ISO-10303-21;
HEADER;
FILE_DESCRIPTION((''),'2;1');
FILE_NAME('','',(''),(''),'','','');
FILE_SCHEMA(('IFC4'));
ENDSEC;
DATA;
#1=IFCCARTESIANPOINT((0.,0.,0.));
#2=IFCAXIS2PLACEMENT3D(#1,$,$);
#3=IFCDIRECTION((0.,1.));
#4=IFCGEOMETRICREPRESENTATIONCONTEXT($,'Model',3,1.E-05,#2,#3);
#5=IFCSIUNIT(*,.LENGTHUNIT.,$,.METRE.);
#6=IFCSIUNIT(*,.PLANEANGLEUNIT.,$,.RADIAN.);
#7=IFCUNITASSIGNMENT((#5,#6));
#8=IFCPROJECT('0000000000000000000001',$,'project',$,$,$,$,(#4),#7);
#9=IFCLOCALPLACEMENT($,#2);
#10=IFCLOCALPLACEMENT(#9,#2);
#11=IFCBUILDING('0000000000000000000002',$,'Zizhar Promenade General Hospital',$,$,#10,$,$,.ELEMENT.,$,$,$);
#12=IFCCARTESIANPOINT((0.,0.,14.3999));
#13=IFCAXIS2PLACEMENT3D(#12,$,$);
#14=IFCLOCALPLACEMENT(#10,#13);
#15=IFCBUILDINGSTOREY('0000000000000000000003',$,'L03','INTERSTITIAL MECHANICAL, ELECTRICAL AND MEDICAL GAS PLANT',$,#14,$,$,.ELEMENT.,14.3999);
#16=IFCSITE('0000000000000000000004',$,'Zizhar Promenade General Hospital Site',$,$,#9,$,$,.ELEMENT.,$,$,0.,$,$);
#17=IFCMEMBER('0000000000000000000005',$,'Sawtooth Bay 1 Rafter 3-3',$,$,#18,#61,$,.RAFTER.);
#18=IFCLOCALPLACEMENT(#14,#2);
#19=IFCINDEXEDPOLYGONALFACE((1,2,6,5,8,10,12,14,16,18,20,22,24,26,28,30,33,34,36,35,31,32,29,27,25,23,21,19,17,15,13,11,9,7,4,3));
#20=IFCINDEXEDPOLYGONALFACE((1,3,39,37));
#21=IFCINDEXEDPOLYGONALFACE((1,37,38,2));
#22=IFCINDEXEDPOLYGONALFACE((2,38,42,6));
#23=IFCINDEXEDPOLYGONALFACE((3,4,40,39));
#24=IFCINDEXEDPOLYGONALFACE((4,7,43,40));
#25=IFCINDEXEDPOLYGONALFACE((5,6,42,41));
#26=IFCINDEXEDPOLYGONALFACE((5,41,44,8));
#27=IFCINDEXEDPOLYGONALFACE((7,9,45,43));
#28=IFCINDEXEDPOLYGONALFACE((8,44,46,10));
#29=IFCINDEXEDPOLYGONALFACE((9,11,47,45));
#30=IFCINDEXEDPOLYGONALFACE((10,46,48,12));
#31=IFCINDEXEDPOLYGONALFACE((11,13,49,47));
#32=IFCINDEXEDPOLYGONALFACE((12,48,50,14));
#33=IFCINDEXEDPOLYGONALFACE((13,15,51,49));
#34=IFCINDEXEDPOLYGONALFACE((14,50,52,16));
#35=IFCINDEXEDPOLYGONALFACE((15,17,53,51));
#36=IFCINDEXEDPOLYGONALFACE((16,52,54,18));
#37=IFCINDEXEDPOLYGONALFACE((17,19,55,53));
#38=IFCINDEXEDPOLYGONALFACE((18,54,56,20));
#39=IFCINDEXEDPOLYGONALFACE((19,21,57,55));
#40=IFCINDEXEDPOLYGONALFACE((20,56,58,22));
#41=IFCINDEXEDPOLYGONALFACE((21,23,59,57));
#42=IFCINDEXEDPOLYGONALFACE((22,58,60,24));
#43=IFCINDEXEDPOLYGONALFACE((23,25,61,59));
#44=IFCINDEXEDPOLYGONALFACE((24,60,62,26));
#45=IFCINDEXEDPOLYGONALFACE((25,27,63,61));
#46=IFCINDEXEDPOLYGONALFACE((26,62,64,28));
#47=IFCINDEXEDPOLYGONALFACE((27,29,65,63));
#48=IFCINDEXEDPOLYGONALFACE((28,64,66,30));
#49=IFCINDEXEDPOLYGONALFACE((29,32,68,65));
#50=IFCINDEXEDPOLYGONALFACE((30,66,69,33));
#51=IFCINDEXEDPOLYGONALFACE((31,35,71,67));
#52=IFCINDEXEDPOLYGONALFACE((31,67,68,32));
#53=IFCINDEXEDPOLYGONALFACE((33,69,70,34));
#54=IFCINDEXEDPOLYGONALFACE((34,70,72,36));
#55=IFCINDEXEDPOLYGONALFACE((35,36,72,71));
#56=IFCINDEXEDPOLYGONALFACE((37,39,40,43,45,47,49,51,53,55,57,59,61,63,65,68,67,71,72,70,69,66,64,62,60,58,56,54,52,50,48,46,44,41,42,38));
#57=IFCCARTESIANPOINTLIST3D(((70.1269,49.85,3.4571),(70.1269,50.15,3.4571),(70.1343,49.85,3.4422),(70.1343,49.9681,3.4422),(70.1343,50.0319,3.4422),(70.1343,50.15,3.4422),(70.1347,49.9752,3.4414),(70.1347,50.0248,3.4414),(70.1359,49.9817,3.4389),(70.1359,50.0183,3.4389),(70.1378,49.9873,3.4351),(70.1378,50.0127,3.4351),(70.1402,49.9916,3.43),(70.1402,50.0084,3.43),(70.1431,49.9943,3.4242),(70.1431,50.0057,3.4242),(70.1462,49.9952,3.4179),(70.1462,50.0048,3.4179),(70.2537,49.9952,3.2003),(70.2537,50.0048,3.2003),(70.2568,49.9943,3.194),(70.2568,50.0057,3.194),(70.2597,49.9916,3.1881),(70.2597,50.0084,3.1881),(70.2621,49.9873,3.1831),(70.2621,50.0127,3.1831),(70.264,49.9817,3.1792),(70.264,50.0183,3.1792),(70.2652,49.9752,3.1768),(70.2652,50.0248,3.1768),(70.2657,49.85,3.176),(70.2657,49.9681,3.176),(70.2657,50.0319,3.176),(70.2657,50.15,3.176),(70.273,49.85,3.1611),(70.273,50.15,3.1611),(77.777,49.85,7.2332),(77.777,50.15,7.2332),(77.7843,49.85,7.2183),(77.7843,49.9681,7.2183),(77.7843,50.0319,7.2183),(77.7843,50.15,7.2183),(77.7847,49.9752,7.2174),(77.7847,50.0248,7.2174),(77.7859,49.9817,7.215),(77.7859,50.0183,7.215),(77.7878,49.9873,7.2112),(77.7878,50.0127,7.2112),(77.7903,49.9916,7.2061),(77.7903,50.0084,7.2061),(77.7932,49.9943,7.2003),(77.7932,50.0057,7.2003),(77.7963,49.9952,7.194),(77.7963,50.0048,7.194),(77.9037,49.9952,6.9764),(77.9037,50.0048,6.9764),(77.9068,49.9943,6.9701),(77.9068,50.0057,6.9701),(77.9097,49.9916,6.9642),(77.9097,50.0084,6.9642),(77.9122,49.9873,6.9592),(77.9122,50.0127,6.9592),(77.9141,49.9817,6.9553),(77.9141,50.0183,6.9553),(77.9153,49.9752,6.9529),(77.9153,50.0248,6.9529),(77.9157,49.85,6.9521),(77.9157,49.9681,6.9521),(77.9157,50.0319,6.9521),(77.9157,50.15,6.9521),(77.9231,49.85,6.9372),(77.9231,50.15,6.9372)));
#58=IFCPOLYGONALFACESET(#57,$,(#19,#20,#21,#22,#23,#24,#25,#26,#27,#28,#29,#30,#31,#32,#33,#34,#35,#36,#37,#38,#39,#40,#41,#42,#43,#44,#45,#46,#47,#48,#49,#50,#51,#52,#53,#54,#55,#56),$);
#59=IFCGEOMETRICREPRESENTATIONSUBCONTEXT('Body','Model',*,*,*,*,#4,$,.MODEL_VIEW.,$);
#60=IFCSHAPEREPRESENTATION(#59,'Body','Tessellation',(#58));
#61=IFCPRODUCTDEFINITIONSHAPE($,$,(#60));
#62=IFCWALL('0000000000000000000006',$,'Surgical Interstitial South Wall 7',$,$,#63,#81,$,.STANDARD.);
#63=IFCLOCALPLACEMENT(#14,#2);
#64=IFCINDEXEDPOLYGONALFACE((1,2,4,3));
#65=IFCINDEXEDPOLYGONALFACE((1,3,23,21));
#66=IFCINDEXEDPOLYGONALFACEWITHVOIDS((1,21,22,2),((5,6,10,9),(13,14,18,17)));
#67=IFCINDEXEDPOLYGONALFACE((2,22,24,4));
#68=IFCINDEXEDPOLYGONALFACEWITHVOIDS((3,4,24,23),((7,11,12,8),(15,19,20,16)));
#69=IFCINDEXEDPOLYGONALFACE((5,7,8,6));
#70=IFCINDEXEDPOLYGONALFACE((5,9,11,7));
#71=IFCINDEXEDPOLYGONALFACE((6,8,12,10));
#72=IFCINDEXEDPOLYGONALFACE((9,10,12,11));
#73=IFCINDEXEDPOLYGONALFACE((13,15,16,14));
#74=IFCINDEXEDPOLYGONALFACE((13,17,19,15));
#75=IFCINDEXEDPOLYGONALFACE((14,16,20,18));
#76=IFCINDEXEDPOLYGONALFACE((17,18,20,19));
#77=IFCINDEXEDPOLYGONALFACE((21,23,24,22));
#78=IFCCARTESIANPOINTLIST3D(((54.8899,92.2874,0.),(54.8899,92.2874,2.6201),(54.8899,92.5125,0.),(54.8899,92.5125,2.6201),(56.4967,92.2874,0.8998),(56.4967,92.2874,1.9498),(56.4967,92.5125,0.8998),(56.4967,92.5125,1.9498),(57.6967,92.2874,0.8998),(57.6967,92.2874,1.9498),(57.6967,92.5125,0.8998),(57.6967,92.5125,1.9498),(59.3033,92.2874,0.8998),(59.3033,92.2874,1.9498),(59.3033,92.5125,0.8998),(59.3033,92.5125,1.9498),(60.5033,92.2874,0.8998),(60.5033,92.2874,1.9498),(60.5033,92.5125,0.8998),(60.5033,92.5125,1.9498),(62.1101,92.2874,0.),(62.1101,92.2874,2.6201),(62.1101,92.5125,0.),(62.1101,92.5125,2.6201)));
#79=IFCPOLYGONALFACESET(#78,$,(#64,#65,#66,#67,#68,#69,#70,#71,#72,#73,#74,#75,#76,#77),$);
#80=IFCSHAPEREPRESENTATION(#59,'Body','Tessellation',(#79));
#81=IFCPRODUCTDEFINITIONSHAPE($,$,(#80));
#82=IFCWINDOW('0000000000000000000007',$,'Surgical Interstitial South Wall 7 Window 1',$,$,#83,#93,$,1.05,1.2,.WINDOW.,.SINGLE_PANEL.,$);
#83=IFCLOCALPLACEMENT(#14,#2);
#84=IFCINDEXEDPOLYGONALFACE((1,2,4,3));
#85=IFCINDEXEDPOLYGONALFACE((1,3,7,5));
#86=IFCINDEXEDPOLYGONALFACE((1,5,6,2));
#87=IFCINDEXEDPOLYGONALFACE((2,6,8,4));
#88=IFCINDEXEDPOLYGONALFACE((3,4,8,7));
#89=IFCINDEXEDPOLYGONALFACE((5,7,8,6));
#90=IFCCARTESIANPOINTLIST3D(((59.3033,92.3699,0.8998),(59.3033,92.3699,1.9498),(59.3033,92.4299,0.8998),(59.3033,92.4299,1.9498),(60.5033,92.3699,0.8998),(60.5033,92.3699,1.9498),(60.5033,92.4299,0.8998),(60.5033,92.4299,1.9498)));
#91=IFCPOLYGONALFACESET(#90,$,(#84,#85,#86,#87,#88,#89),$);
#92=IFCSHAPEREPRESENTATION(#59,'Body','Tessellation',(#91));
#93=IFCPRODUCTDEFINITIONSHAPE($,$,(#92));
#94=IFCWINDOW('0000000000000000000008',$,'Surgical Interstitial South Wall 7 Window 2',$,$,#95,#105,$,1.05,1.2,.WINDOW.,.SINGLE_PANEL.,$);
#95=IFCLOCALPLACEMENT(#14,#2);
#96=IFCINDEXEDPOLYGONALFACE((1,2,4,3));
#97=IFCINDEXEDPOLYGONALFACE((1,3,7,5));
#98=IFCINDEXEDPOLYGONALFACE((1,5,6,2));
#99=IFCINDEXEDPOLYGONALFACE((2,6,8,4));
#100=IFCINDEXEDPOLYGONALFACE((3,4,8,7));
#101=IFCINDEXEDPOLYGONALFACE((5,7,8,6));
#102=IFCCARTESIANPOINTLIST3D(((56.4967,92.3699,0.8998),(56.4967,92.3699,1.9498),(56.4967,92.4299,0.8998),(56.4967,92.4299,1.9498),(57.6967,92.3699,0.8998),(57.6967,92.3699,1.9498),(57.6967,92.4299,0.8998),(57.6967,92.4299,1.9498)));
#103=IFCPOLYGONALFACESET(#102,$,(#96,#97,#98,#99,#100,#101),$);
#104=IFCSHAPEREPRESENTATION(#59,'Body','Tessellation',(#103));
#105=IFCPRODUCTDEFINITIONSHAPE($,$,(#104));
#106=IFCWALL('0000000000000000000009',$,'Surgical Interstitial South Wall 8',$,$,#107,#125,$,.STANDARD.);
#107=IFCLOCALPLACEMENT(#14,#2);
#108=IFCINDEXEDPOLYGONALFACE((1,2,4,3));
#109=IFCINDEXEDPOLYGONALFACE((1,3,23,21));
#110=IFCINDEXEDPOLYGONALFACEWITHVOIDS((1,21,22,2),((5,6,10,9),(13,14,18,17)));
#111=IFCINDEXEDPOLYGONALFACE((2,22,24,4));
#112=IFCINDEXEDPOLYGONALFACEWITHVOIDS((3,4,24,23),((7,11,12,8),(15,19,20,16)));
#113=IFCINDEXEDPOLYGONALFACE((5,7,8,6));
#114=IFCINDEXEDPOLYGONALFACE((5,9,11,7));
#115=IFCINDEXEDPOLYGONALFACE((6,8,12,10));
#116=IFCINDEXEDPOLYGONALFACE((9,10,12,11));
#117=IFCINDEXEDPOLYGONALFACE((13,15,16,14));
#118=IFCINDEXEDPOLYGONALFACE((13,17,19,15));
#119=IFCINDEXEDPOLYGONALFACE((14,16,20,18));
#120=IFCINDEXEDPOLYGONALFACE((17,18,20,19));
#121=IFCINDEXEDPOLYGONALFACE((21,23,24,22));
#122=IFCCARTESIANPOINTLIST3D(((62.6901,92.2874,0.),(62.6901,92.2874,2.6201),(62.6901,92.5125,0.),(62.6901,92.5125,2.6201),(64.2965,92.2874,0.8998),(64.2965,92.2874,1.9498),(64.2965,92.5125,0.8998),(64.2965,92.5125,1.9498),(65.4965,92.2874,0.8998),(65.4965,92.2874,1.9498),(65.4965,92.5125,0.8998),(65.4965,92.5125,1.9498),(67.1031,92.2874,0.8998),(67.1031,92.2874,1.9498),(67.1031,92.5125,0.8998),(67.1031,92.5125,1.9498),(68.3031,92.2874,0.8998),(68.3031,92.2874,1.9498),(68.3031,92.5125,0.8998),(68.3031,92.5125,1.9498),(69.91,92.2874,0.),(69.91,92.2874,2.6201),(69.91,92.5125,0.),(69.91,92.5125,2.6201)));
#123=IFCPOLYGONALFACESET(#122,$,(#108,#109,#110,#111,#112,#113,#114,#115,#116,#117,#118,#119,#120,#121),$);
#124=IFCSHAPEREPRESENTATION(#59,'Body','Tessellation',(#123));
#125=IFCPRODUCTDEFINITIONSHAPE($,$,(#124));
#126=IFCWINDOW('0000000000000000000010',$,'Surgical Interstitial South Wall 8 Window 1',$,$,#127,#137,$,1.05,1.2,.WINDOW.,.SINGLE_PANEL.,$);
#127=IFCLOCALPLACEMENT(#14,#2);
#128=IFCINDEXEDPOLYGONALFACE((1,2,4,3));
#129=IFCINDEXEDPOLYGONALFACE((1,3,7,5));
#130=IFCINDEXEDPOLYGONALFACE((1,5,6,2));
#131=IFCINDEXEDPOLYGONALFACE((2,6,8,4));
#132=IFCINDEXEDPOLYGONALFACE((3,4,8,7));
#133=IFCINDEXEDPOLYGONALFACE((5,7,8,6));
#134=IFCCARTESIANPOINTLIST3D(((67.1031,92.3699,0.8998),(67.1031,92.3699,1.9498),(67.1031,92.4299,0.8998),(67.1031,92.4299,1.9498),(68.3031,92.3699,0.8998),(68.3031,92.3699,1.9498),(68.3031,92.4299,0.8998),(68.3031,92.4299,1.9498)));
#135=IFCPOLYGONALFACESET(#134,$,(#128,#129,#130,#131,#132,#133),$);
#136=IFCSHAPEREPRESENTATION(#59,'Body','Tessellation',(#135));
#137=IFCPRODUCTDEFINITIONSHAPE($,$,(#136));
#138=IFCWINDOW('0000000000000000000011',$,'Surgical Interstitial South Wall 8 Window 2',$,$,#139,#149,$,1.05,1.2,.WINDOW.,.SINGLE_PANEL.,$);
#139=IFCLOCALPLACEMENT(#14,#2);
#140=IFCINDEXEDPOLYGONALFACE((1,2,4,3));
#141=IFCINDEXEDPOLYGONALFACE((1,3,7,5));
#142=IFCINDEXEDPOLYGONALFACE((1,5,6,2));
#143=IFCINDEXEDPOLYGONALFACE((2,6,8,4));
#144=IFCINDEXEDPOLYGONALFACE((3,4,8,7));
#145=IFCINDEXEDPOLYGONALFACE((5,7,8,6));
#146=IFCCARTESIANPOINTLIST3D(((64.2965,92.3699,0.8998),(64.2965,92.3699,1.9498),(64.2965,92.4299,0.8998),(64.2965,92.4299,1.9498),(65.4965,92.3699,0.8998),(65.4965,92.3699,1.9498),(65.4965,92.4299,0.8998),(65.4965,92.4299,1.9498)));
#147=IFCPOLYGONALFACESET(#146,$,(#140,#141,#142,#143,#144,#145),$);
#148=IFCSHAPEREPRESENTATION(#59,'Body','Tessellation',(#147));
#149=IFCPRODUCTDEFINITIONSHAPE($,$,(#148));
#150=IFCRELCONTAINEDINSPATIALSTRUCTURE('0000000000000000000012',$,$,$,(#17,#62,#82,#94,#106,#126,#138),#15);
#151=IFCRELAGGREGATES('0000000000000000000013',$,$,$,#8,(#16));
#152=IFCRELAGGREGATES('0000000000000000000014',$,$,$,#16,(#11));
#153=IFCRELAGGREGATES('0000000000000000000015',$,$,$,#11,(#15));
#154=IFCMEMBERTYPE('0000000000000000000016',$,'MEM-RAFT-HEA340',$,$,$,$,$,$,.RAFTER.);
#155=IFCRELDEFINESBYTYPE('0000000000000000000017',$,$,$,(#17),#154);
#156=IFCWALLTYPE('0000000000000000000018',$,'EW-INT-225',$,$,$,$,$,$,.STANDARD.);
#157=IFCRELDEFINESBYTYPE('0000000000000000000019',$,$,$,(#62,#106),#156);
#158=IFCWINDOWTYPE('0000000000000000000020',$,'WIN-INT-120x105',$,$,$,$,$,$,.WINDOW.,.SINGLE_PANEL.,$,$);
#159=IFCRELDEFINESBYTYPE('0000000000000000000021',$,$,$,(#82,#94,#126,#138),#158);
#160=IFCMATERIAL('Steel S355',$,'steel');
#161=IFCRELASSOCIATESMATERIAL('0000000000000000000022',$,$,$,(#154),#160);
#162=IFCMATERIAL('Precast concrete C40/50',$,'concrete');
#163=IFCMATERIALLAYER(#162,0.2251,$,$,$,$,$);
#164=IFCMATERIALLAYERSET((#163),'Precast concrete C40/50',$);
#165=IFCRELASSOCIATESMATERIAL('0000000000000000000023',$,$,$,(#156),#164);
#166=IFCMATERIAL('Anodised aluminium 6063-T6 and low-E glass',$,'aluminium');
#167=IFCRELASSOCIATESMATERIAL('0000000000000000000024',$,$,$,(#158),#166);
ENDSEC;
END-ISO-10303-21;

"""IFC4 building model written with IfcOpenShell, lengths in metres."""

from ifc_helpers import new_model, si_unit, direction, frame, frame_2d, origin, origin_2d, place, context, subcontext, project, spatial, rectangle, i_section, extrude, material, layer, layer_set, material_profile, profile_set, type_object, element, fill, save


model = new_model("IFC4")

# Units and contexts
model_context = context("Model", 3, precision=1e-05, world=origin(), true_north=direction((0.0, 1.0)))
body_context = subcontext(model_context, "Body", "Model", "MODEL_VIEW")
ifc_project = project(units=[si_unit("LENGTHUNIT", "METRE"), si_unit("PLANEANGLEUNIT", "RADIAN")], contexts=[model_context])

# Site, building, storey
site_placement = place(None, origin())
site = spatial("IfcSite", under=ifc_project, at=site_placement, Name="Zizhar Promenade General Hospital Site", CompositionType="ELEMENT", RefElevation=0.0)
building_placement = place(site_placement, origin())
building = spatial("IfcBuilding", under=site, at=building_placement, Name="Zizhar Promenade General Hospital", CompositionType="ELEMENT")
storey_placement = place(building_placement, frame((0.0, 0.0, 14.3999)))
storey = spatial("IfcBuildingStorey", under=building, at=storey_placement, Name="L03", Description="INTERSTITIAL MECHANICAL, ELECTRICAL AND MEDICAL GAS PLANT", CompositionType="ELEMENT", Elevation=14.3999)

# Member
ifc_material_1 = material(Name="Steel S355", Category="steel")
ifc_material_profile_1 = material_profile(ifc_material_1, i_section(OverallWidth=0.3, OverallDepth=0.3301, WebThickness=0.0095, FlangeThickness=0.0166, FilletRadius=0.0271, at=origin_2d()))
ifc_profile_set_1 = profile_set([ifc_material_profile_1], Name="Steel S355")
member_type = type_object("IfcMemberType", Name="MEM-RAFT-HEA340", PredefinedType="RAFTER", material=ifc_profile_set_1)
member_placement = place(storey_placement, frame((70.2, 50.0, 3.3091), z_axis=(0.89671, 0.0, 0.442618), x_axis=(0.0, 1.0, 0.0)))
element("IfcMember", 1, at=member_placement, inside=storey, type_object=member_type, Name="Sawtooth Bay 1 Rafter 3-3", PredefinedType="RAFTER", context=body_context, shape_type="SweptSolid", body=[
    extrude(i_section(OverallWidth=0.3, OverallDepth=0.3301, WebThickness=0.0095, FlangeThickness=0.0166, FilletRadius=0.0271, at=origin_2d()), origin(), (0.0, 0.0, 1.0), 8.5312),
])

# Walls, openings, windows
ifc_material_2 = material(Name="Precast concrete C40/50", Category="concrete")
ifc_layer = layer(ifc_material_2, 0.2251)
ifc_layer_set = layer_set([ifc_layer], Name="Precast concrete C40/50")
wall_type = type_object("IfcWallType", Name="EW-INT-225", PredefinedType="STANDARD", material=ifc_layer_set)
wall_1_placement = place(storey_placement, frame((62.1101, 92.3999, 0.0), z_axis=(0.0, 0.0, 1.0), x_axis=(-1.0, 0.0, 0.0)))
wall_1 = element("IfcWall", 2, at=wall_1_placement, inside=storey, type_object=wall_type, Name="Surgical Interstitial South Wall 7", PredefinedType="STANDARD", context=body_context, shape_type="SweptSolid", body=[
    extrude(rectangle(XDim=7.2202, YDim=0.2251, at=frame_2d((3.6101, 0.0))), origin(), (0.0, 0.0, 1.0), 2.6201),
])
opening_1_placement = place(wall_1_placement, frame((1.6067, 0.0, 0.8999)))
opening_1 = element("IfcOpeningElement", 3, at=opening_1_placement, cuts=wall_1, PredefinedType="OPENING", context=body_context, shape_type="SweptSolid", body=[
    extrude(rectangle(XDim=1.2, YDim=1.05, at=frame_2d((0.6001, 0.5249))), frame((0.0, 0.1226, 0.0), z_axis=(0.0, -1.0, 0.0), x_axis=(1.0, 0.0, 0.0)), (0.0, 0.0, 1.0), 0.2451),
])
opening_2_placement = place(wall_1_placement, frame((4.4133, 0.0, 0.8999)))
opening_2 = element("IfcOpeningElement", 4, at=opening_2_placement, cuts=wall_1, PredefinedType="OPENING", context=body_context, shape_type="SweptSolid", body=[
    extrude(rectangle(XDim=1.2, YDim=1.05, at=frame_2d((0.6001, 0.5249))), frame((0.0, 0.1226, 0.0), z_axis=(0.0, -1.0, 0.0), x_axis=(1.0, 0.0, 0.0)), (0.0, 0.0, 1.0), 0.2451),
])
ifc_material_3 = material(Name="Anodised aluminium 6063-T6 and low-E glass", Category="aluminium")
window_type = type_object("IfcWindowType", Name="WIN-INT-120x105", PartitioningType="SINGLE_PANEL", PredefinedType="WINDOW", material=ifc_material_3)
window_1_placement = place(opening_1_placement, origin())
window_1 = element("IfcWindow", 5, at=window_1_placement, inside=storey, type_object=window_type, Name="Surgical Interstitial South Wall 7 Window 1", OverallHeight=1.05, OverallWidth=1.2, PartitioningType="SINGLE_PANEL", PredefinedType="WINDOW", context=body_context, shape_type="SweptSolid", body=[
    extrude(rectangle(XDim=1.2, YDim=1.05, at=frame_2d((0.6001, 0.5249))), frame((0.0, 0.03, 0.0), z_axis=(0.0, -1.0, 0.0), x_axis=(1.0, 0.0, 0.0)), (0.0, 0.0, 1.0), 0.0601),
])
fill(opening_1, window_1)
window_2_placement = place(opening_2_placement, origin())
window_2 = element("IfcWindow", 6, at=window_2_placement, inside=storey, type_object=window_type, Name="Surgical Interstitial South Wall 7 Window 2", OverallHeight=1.05, OverallWidth=1.2, PartitioningType="SINGLE_PANEL", PredefinedType="WINDOW", context=body_context, shape_type="SweptSolid", body=[
    extrude(rectangle(XDim=1.2, YDim=1.05, at=frame_2d((0.6001, 0.5249))), frame((0.0, 0.03, 0.0), z_axis=(0.0, -1.0, 0.0), x_axis=(1.0, 0.0, 0.0)), (0.0, 0.0, 1.0), 0.0601),
])
fill(opening_2, window_2)
wall_2_placement = place(storey_placement, frame((69.9099, 92.3999, 0.0), z_axis=(0.0, 0.0, 1.0), x_axis=(-1.0, 0.0, 0.0)))
wall_2 = element("IfcWall", 7, at=wall_2_placement, inside=storey, type_object=wall_type, Name="Surgical Interstitial South Wall 8", PredefinedType="STANDARD", context=body_context, shape_type="SweptSolid", body=[
    extrude(rectangle(XDim=7.22, YDim=0.2251, at=frame_2d((3.6099, 0.0))), origin(), (0.0, 0.0, 1.0), 2.6201),
])
opening_3_placement = place(wall_2_placement, frame((1.6067, 0.0, 0.8999)))
opening_3 = element("IfcOpeningElement", 8, at=opening_3_placement, cuts=wall_2, PredefinedType="OPENING", context=body_context, shape_type="SweptSolid", body=[
    extrude(rectangle(XDim=1.2, YDim=1.05, at=frame_2d((0.6001, 0.5249))), frame((0.0, 0.1226, 0.0), z_axis=(0.0, -1.0, 0.0), x_axis=(1.0, 0.0, 0.0)), (0.0, 0.0, 1.0), 0.2451),
])
opening_4_placement = place(wall_2_placement, frame((4.4133, 0.0, 0.8999)))
opening_4 = element("IfcOpeningElement", 9, at=opening_4_placement, cuts=wall_2, PredefinedType="OPENING", context=body_context, shape_type="SweptSolid", body=[
    extrude(rectangle(XDim=1.2, YDim=1.05, at=frame_2d((0.6001, 0.5249))), frame((0.0, 0.1226, 0.0), z_axis=(0.0, -1.0, 0.0), x_axis=(1.0, 0.0, 0.0)), (0.0, 0.0, 1.0), 0.2451),
])
window_3_placement = place(opening_3_placement, origin())
window_3 = element("IfcWindow", 10, at=window_3_placement, inside=storey, type_object=window_type, Name="Surgical Interstitial South Wall 8 Window 1", OverallHeight=1.05, OverallWidth=1.2, PartitioningType="SINGLE_PANEL", PredefinedType="WINDOW", context=body_context, shape_type="SweptSolid", body=[
    extrude(rectangle(XDim=1.2, YDim=1.05, at=frame_2d((0.6001, 0.5249))), frame((0.0, 0.03, 0.0), z_axis=(0.0, -1.0, 0.0), x_axis=(1.0, 0.0, 0.0)), (0.0, 0.0, 1.0), 0.0601),
])
fill(opening_3, window_3)
window_4_placement = place(opening_4_placement, origin())
window_4 = element("IfcWindow", 11, at=window_4_placement, inside=storey, type_object=window_type, Name="Surgical Interstitial South Wall 8 Window 2", OverallHeight=1.05, OverallWidth=1.2, PartitioningType="SINGLE_PANEL", PredefinedType="WINDOW", context=body_context, shape_type="SweptSolid", body=[
    extrude(rectangle(XDim=1.2, YDim=1.05, at=frame_2d((0.6001, 0.5249))), frame((0.0, 0.03, 0.0), z_axis=(0.0, -1.0, 0.0), x_axis=(1.0, 0.0, 0.0)), (0.0, 0.0, 1.0), 0.0601),
])
fill(opening_4, window_4)

save(model, "model.ifc")
